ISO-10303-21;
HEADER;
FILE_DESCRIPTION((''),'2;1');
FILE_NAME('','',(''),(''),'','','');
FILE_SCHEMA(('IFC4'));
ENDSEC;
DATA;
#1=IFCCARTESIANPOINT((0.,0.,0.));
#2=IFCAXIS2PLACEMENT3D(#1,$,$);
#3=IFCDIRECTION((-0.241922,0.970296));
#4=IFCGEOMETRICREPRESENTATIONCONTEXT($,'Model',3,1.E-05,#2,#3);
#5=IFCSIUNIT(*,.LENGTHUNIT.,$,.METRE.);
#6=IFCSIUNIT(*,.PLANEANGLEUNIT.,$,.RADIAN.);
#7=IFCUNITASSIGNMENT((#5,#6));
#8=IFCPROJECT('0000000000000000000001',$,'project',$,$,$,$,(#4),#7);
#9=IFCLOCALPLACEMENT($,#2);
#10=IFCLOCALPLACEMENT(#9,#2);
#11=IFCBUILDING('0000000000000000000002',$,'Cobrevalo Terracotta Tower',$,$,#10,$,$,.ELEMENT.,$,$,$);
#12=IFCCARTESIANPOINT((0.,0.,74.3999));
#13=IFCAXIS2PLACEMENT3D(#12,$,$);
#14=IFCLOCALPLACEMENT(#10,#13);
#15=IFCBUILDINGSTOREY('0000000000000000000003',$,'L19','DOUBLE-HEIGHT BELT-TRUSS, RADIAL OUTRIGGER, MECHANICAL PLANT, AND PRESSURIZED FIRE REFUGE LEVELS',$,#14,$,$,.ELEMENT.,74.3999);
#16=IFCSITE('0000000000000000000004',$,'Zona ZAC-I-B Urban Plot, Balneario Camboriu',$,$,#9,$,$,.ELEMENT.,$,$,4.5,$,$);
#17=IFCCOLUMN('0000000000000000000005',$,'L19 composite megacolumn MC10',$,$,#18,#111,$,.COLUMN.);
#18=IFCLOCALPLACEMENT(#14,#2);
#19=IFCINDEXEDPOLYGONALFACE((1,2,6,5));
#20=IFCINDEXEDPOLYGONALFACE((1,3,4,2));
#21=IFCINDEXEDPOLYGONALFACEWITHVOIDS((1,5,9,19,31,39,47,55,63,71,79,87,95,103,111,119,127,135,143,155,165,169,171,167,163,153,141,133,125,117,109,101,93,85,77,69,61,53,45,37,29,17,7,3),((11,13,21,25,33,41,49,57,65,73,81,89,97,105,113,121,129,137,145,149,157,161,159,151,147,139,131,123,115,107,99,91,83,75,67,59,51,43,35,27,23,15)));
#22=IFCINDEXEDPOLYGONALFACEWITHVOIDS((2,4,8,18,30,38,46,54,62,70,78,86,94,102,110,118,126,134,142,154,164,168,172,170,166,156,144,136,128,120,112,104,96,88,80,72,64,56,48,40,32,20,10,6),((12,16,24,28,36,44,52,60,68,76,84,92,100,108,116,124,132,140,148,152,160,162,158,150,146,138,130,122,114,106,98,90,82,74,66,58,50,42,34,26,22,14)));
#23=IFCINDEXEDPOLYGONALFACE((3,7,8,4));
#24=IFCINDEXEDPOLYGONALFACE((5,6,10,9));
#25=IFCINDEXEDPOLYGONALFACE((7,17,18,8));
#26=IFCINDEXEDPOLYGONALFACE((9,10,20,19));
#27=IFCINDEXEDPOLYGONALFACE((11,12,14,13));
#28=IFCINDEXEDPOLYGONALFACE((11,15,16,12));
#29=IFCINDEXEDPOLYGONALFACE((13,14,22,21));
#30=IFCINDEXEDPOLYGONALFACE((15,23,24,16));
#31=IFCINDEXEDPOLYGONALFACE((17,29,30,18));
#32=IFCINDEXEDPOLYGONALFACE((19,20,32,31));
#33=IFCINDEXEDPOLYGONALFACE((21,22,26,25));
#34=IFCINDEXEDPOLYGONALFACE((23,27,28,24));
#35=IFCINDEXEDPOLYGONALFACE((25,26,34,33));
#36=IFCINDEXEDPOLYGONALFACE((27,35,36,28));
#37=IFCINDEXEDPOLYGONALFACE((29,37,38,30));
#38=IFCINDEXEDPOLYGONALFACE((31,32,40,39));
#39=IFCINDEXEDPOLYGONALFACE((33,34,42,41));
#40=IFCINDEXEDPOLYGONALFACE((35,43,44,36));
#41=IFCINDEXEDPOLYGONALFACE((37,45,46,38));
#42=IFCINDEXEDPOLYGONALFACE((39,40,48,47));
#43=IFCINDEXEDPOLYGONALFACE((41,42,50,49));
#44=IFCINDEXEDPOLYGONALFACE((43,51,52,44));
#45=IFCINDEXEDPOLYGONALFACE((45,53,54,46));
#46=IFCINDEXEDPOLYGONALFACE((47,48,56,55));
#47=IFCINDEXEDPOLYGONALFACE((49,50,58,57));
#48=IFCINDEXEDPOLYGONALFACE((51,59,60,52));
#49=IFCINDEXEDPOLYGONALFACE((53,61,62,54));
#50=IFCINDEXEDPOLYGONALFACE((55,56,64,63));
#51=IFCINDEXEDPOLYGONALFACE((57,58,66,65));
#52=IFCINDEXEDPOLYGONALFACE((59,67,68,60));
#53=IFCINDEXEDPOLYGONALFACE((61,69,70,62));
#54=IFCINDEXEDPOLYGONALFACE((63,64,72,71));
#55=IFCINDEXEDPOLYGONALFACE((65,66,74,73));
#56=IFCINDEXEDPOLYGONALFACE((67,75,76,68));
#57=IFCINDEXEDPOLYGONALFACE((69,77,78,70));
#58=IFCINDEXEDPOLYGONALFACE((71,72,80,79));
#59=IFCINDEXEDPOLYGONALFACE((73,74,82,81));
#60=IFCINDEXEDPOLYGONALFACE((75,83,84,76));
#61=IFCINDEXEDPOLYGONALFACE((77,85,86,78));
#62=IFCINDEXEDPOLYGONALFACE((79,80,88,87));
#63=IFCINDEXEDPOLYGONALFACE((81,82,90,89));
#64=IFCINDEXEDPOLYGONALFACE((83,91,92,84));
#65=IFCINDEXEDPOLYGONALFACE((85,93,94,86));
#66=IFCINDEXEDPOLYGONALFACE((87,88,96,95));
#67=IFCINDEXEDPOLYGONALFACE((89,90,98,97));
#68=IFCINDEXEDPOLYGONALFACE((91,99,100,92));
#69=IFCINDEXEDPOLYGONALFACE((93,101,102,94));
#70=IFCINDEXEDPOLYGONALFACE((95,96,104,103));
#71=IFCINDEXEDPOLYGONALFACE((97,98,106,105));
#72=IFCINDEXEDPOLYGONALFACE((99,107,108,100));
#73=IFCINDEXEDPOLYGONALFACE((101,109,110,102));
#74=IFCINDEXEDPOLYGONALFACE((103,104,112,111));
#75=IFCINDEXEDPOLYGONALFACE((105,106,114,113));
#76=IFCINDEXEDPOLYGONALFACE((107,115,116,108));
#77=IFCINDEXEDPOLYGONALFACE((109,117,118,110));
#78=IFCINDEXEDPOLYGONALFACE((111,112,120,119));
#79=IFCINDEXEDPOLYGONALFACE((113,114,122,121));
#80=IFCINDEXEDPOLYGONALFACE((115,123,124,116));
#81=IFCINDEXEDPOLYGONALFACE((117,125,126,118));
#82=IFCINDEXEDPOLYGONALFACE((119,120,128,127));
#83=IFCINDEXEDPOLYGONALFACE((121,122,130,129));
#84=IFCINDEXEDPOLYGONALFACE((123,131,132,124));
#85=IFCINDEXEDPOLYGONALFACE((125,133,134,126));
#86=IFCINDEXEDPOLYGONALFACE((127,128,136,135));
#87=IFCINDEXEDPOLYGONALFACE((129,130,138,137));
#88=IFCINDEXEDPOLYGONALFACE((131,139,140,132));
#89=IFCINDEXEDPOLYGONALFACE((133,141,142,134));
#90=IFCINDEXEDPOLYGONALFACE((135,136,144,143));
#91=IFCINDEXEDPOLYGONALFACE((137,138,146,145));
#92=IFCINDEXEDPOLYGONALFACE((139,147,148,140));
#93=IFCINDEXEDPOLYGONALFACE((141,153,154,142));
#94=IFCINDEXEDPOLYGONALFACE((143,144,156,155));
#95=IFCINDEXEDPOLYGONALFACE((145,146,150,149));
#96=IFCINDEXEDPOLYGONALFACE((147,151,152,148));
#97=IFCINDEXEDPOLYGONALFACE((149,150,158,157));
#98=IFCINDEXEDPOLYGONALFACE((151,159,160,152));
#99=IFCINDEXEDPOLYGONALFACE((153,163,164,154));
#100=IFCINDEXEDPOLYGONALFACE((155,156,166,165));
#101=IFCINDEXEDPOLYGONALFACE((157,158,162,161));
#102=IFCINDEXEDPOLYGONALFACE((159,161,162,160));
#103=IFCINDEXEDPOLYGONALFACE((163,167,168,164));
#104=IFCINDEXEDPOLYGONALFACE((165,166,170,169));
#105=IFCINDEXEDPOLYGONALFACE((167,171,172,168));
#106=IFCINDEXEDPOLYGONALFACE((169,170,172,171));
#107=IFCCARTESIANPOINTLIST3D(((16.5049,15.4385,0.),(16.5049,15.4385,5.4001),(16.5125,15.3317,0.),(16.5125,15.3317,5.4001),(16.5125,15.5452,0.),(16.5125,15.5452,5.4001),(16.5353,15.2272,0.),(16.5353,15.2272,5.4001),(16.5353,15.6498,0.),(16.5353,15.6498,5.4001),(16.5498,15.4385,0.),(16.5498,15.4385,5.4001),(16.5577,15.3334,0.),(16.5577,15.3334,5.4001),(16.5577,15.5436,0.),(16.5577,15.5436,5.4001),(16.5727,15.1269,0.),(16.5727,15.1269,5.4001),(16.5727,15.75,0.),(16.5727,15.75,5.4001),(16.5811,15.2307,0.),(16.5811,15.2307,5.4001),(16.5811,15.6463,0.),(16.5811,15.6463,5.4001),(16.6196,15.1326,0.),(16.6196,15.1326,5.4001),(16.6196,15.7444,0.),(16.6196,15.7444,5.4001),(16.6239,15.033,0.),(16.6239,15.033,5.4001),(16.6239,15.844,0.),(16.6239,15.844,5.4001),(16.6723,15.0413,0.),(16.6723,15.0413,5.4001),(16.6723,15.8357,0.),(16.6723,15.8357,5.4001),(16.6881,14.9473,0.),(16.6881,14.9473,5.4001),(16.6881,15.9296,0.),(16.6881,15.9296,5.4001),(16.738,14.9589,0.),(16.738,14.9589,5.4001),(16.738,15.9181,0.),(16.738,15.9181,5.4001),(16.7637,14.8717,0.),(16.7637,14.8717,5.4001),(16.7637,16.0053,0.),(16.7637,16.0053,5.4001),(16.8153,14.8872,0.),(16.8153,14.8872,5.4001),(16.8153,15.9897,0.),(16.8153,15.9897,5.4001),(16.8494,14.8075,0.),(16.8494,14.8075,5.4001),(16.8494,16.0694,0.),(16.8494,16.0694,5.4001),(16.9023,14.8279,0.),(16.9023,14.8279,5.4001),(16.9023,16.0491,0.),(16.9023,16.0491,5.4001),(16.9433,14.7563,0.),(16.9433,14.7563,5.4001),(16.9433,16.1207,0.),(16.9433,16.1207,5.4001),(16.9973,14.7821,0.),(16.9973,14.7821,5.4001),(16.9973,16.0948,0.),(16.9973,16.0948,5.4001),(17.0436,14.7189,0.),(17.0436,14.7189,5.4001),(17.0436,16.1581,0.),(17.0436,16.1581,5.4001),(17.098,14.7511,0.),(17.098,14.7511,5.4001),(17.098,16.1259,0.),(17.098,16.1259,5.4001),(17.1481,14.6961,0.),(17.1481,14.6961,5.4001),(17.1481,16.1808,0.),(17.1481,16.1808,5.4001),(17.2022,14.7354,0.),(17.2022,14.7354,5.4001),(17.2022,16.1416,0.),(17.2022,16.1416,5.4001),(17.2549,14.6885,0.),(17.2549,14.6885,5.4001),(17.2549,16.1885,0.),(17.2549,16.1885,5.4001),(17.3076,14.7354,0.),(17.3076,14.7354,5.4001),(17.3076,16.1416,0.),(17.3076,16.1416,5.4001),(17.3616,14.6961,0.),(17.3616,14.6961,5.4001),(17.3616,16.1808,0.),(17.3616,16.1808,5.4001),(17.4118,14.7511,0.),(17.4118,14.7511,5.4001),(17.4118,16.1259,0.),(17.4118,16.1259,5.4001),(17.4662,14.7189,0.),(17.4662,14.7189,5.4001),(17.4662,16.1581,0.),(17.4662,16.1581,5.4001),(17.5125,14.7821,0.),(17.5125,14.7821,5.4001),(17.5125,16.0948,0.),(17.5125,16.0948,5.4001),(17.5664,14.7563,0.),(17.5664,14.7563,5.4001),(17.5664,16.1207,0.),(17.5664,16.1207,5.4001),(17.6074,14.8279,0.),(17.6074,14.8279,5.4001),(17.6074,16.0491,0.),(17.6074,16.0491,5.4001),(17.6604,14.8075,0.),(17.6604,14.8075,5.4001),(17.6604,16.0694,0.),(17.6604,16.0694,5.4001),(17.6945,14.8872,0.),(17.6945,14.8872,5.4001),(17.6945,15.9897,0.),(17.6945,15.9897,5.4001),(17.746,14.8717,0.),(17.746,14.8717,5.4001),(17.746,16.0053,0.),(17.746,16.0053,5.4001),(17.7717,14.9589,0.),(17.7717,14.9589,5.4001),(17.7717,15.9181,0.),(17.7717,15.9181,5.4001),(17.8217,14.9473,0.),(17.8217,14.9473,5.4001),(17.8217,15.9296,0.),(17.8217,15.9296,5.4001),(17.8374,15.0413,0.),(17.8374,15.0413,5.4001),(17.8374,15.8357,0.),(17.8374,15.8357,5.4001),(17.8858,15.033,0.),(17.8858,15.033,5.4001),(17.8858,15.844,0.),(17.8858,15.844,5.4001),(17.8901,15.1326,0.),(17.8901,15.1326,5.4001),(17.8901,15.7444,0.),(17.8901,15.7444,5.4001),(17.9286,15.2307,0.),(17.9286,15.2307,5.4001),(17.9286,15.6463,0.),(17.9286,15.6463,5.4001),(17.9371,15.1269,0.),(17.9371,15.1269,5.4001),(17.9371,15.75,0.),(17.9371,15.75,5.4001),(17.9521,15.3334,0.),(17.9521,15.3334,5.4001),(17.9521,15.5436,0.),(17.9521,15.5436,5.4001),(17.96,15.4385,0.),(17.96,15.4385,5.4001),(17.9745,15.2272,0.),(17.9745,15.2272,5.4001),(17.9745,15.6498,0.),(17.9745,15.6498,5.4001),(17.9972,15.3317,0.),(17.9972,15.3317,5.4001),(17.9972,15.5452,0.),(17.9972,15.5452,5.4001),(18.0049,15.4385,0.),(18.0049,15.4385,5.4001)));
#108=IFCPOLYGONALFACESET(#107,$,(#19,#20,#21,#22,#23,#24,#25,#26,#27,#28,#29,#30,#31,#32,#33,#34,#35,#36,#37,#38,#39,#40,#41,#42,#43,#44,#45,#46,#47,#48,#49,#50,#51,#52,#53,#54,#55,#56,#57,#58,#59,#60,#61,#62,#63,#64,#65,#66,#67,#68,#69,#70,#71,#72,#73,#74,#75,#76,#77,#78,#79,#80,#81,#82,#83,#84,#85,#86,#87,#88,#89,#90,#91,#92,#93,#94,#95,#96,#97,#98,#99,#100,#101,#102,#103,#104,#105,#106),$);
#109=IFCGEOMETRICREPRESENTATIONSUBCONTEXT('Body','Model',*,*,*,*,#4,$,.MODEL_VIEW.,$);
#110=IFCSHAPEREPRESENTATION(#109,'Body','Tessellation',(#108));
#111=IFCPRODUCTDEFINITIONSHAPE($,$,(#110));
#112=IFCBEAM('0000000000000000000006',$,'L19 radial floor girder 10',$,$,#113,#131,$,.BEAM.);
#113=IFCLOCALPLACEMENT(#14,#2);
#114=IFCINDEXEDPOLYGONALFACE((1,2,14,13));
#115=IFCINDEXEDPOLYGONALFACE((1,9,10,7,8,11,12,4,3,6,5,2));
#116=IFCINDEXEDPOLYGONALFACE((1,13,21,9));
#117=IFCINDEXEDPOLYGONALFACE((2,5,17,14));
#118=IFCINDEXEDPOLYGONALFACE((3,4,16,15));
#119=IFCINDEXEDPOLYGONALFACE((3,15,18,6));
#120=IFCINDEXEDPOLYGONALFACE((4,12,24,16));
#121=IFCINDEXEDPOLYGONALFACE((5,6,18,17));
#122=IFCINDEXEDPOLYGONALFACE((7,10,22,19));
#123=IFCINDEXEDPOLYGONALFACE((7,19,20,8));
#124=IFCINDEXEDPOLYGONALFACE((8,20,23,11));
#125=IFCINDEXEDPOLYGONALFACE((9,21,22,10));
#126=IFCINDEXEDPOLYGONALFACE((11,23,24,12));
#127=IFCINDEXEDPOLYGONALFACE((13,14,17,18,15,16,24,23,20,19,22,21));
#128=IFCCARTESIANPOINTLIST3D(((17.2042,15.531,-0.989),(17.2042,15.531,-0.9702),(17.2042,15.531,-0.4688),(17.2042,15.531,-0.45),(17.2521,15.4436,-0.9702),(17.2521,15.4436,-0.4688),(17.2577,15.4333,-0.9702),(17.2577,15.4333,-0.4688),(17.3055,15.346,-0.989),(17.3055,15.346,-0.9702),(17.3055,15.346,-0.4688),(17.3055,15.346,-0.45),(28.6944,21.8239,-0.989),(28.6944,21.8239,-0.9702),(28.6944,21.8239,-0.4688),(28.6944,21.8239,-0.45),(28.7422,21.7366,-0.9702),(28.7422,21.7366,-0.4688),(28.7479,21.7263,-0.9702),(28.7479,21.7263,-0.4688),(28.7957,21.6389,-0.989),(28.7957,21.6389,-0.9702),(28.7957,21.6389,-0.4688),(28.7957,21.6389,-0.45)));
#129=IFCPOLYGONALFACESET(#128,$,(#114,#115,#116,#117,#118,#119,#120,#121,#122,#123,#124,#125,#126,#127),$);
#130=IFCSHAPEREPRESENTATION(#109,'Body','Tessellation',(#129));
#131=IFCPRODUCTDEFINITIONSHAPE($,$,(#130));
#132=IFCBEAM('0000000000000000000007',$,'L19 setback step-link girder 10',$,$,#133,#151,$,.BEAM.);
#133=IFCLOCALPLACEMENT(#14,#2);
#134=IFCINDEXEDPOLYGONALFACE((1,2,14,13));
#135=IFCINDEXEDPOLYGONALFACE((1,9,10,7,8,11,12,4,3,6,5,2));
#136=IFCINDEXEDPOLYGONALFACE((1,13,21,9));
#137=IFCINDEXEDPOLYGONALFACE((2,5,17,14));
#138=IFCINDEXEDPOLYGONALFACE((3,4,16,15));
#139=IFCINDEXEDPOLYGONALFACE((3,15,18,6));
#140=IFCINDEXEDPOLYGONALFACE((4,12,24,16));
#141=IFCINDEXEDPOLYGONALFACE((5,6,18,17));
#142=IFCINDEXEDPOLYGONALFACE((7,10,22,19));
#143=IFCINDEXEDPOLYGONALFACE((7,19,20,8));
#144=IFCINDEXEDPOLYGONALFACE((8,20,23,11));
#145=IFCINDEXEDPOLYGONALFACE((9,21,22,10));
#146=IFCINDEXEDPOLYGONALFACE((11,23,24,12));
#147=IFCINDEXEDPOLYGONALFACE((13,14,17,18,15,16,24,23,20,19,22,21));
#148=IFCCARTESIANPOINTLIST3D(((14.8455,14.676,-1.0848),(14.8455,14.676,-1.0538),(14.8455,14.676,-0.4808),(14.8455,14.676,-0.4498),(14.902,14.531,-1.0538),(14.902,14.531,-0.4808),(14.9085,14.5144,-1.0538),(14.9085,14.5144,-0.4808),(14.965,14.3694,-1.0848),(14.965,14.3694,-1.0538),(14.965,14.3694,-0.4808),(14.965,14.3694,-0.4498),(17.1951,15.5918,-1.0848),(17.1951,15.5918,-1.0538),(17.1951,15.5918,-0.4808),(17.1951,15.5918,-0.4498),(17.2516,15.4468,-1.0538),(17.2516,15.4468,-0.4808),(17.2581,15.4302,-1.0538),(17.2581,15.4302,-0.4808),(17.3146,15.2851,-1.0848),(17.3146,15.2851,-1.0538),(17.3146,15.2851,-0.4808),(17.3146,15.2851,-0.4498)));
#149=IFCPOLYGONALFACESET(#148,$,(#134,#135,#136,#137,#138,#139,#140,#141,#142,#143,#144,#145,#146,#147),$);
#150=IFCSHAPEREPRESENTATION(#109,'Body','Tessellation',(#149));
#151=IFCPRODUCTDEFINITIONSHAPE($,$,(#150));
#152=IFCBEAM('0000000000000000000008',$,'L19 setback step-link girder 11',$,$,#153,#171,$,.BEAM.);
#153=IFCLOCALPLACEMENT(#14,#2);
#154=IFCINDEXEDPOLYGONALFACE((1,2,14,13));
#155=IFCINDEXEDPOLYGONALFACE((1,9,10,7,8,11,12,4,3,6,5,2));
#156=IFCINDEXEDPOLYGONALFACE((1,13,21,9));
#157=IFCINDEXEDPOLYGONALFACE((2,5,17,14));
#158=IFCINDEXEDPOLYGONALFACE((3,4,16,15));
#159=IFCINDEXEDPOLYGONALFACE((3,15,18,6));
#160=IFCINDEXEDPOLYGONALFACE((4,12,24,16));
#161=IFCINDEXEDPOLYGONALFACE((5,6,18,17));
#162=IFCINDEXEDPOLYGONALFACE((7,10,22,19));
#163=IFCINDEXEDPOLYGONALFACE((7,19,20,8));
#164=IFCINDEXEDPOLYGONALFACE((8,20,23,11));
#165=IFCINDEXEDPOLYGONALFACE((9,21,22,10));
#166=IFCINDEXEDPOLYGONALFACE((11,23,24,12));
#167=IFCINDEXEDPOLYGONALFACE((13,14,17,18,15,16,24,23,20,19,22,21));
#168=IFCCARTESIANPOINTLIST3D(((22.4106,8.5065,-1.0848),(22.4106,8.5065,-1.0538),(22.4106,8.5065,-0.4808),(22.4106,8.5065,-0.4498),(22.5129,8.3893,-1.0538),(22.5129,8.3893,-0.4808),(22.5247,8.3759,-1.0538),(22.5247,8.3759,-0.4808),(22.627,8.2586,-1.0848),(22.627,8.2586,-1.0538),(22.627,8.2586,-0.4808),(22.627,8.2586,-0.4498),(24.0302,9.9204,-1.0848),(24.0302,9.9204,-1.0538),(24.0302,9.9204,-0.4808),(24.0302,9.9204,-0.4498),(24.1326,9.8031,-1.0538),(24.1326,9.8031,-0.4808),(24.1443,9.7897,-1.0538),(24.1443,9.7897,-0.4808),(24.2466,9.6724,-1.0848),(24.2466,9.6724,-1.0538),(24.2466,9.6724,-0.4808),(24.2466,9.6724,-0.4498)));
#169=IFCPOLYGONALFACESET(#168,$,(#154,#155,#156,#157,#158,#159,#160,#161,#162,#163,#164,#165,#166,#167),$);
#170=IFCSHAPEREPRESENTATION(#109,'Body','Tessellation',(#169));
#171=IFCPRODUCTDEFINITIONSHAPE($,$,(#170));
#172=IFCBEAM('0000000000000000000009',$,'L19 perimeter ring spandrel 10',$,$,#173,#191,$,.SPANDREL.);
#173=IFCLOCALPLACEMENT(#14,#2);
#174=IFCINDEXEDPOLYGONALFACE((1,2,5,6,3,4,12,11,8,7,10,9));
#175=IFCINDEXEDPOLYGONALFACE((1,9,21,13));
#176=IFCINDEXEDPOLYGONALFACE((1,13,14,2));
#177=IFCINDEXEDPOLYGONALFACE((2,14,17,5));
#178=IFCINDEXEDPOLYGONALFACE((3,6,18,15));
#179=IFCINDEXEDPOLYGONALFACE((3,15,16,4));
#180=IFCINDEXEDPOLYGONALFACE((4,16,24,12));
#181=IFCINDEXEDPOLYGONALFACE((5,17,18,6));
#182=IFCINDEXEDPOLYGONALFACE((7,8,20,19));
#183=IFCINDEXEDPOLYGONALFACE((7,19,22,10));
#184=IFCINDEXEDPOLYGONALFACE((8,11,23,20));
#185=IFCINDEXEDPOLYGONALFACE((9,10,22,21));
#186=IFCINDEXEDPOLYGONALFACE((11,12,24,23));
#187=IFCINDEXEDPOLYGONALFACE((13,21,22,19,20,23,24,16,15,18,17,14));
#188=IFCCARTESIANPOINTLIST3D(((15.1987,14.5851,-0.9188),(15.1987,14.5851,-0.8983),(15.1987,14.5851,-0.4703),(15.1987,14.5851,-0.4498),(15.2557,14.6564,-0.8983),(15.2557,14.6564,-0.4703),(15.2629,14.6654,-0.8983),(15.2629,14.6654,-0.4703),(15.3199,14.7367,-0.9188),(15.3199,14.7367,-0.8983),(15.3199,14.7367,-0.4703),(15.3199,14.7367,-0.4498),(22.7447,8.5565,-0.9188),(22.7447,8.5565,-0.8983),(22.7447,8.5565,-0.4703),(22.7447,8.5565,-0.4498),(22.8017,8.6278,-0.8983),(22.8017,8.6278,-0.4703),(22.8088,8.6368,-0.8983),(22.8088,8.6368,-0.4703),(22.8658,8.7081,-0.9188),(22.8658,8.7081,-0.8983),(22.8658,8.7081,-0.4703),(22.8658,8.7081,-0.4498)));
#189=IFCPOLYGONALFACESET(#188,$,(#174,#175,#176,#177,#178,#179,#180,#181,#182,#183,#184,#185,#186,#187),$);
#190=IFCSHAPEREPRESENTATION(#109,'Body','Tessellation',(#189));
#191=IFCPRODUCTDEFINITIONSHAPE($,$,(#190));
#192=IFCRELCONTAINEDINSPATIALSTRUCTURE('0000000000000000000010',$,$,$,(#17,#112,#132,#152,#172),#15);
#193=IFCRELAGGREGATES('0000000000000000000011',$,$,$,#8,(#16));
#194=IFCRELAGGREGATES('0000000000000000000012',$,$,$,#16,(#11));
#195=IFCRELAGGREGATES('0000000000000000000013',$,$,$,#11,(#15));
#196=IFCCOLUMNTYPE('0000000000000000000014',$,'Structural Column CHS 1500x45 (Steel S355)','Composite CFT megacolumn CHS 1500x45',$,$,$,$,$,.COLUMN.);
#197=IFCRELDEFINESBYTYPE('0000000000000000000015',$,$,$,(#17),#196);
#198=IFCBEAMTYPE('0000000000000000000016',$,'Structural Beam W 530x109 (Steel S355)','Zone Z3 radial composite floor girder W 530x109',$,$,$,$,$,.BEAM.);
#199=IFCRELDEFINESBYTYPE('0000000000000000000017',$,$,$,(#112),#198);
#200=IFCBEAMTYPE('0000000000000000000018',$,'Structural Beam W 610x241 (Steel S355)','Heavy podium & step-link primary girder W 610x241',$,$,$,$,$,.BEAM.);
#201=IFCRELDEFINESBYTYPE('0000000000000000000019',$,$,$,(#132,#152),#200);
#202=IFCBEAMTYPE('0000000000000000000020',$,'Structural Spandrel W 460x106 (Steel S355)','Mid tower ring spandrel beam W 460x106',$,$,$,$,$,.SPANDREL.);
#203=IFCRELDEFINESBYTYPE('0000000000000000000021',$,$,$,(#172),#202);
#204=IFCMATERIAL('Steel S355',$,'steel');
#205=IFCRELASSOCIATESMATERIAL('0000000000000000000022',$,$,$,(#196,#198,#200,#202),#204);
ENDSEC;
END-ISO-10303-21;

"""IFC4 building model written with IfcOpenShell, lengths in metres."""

from ifc_helpers import new_model, si_unit, direction, frame, origin, origin_2d, place, context, subcontext, project, spatial, hollow_circle, i_section, extrude, material, material_profile, profile_set, type_object, element, save


model = new_model("IFC4")

# Units and contexts
model_context = context("Model", 3, precision=1e-05, world=origin(), true_north=direction((-0.241922, 0.970296)))
body_context = subcontext(model_context, "Body", "Model", "MODEL_VIEW")
ifc_project = project(units=[si_unit("LENGTHUNIT", "METRE"), si_unit("PLANEANGLEUNIT", "RADIAN")], contexts=[model_context])

# Site, building, storey
site_placement = place(None, origin())
site = spatial("IfcSite", under=ifc_project, at=site_placement, Name="Zona ZAC-I-B Urban Plot, Balneario Camboriu", CompositionType="ELEMENT", RefElevation=4.5)
building_placement = place(site_placement, origin())
building = spatial("IfcBuilding", under=site, at=building_placement, Name="Cobrevalo Terracotta Tower", CompositionType="ELEMENT")
storey_placement = place(building_placement, frame((0.0, 0.0, 74.3999)))
storey = spatial("IfcBuildingStorey", under=building, at=storey_placement, Name="L19", Description="DOUBLE-HEIGHT BELT-TRUSS, RADIAL OUTRIGGER, MECHANICAL PLANT, AND PRESSURIZED FIRE REFUGE LEVELS", CompositionType="ELEMENT", Elevation=74.3999)

# Column
ifc_material_1 = material(Name="Steel S355", Category="steel")
ifc_material_profile_1 = material_profile(ifc_material_1, hollow_circle(Radius=0.75, WallThickness=0.0449, at=origin_2d()), Name="CHS 1500x45")
ifc_profile_set_1 = profile_set([ifc_material_profile_1], Name="Steel S355")
column_type = type_object("IfcColumnType", Name="Structural Column CHS 1500x45 (Steel S355)", Description="Composite CFT megacolumn CHS 1500x45", PredefinedType="COLUMN", material=ifc_profile_set_1)
column_placement = place(storey_placement, frame((17.2549, 15.4385, 0.0), z_axis=(0.0, 0.0, 1.0), x_axis=(1.0, 0.0, 0.0)))
element("IfcColumn", 1, at=column_placement, inside=storey, type_object=column_type, Name="L19 composite megacolumn MC10", PredefinedType="COLUMN", context=body_context, shape_type="SweptSolid", body=[
    extrude(hollow_circle(Radius=0.75, WallThickness=0.0449, at=origin_2d()), origin(), (0.0, 0.0, 1.0), 5.4001),
])

# Beams
ifc_material_profile_2 = material_profile(ifc_material_1, i_section(OverallWidth=0.2109, OverallDepth=0.5391, WebThickness=0.0117, FlangeThickness=0.0188, at=origin_2d()), Name="W 530x109")
ifc_profile_set_2 = profile_set([ifc_material_profile_2], Name="Steel S355")
beam_type_1 = type_object("IfcBeamType", Name="Structural Beam W 530x109 (Steel S355)", Description="Zone Z3 radial composite floor girder W 530x109", PredefinedType="BEAM", material=ifc_profile_set_2)
beam_1_placement = place(storey_placement, frame((17.2549, 15.4385, -0.7195), z_axis=(0.877074, 0.480356, 0.0), x_axis=(-0.480356, 0.877074, 0.0)))
element("IfcBeam", 2, at=beam_1_placement, inside=storey, type_object=beam_type_1, Name="L19 radial floor girder 10", PredefinedType="BEAM", context=body_context, shape_type="SweptSolid", body=[
    extrude(i_section(OverallWidth=0.2109, OverallDepth=0.5391, WebThickness=0.0117, FlangeThickness=0.0188, at=origin_2d()), origin(), (0.0, 0.0, 1.0), 13.1006),
])
ifc_material_profile_3 = material_profile(ifc_material_1, i_section(OverallWidth=0.3291, OverallDepth=0.635, WebThickness=0.0178, FlangeThickness=0.031, at=origin_2d()), Name="W 610x241")
ifc_profile_set_3 = profile_set([ifc_material_profile_3], Name="Steel S355")
beam_type_2 = type_object("IfcBeamType", Name="Structural Beam W 610x241 (Steel S355)", Description="Heavy podium & step-link primary girder W 610x241", PredefinedType="BEAM", material=ifc_profile_set_3)
beam_2_placement = place(storey_placement, frame((14.9053, 14.5227, -0.7673), z_axis=(0.931732, 0.363147, 0.0), x_axis=(-0.363147, 0.931732, 0.0)))
element("IfcBeam", 3, at=beam_2_placement, inside=storey, type_object=beam_type_2, Name="L19 setback step-link girder 10", PredefinedType="BEAM", context=body_context, shape_type="SweptSolid", body=[
    extrude(i_section(OverallWidth=0.3291, OverallDepth=0.635, WebThickness=0.0178, FlangeThickness=0.031, at=origin_2d()), origin(), (0.0, 0.0, 1.0), 2.5217),
])
beam_3_placement = place(storey_placement, frame((22.5188, 8.3826, -0.7673), z_axis=(0.75335, 0.65762, 0.0), x_axis=(-0.65762, 0.75335, 0.0)))
element("IfcBeam", 4, at=beam_3_placement, inside=storey, type_object=beam_type_2, Name="L19 setback step-link girder 11", PredefinedType="BEAM", context=body_context, shape_type="SweptSolid", body=[
    extrude(i_section(OverallWidth=0.3291, OverallDepth=0.635, WebThickness=0.0178, FlangeThickness=0.031, at=origin_2d()), origin(), (0.0, 0.0, 1.0), 2.1499),
])
ifc_material_profile_4 = material_profile(ifc_material_1, i_section(OverallWidth=0.1941, OverallDepth=0.469, WebThickness=0.0115, FlangeThickness=0.0205, at=origin_2d()), Name="W 460x106")
ifc_profile_set_4 = profile_set([ifc_material_profile_4], Name="Steel S355")
beam_type_3 = type_object("IfcBeamType", Name="Structural Spandrel W 460x106 (Steel S355)", Description="Mid tower ring spandrel beam W 460x106", PredefinedType="SPANDREL", material=ifc_profile_set_4)
beam_4_placement = place(storey_placement, frame((15.2593, 14.6609, -0.6843), z_axis=(0.78128, -0.62418, 0.0), x_axis=(0.62418, 0.78128, 0.0)))
element("IfcBeam", 5, at=beam_4_placement, inside=storey, type_object=beam_type_3, Name="L19 perimeter ring spandrel 10", PredefinedType="SPANDREL", context=body_context, shape_type="SweptSolid", body=[
    extrude(i_section(OverallWidth=0.1941, OverallDepth=0.469, WebThickness=0.0115, FlangeThickness=0.0205, at=origin_2d()), origin(), (0.0, 0.0, 1.0), 9.6584),
])

save(model, "model.ifc")
